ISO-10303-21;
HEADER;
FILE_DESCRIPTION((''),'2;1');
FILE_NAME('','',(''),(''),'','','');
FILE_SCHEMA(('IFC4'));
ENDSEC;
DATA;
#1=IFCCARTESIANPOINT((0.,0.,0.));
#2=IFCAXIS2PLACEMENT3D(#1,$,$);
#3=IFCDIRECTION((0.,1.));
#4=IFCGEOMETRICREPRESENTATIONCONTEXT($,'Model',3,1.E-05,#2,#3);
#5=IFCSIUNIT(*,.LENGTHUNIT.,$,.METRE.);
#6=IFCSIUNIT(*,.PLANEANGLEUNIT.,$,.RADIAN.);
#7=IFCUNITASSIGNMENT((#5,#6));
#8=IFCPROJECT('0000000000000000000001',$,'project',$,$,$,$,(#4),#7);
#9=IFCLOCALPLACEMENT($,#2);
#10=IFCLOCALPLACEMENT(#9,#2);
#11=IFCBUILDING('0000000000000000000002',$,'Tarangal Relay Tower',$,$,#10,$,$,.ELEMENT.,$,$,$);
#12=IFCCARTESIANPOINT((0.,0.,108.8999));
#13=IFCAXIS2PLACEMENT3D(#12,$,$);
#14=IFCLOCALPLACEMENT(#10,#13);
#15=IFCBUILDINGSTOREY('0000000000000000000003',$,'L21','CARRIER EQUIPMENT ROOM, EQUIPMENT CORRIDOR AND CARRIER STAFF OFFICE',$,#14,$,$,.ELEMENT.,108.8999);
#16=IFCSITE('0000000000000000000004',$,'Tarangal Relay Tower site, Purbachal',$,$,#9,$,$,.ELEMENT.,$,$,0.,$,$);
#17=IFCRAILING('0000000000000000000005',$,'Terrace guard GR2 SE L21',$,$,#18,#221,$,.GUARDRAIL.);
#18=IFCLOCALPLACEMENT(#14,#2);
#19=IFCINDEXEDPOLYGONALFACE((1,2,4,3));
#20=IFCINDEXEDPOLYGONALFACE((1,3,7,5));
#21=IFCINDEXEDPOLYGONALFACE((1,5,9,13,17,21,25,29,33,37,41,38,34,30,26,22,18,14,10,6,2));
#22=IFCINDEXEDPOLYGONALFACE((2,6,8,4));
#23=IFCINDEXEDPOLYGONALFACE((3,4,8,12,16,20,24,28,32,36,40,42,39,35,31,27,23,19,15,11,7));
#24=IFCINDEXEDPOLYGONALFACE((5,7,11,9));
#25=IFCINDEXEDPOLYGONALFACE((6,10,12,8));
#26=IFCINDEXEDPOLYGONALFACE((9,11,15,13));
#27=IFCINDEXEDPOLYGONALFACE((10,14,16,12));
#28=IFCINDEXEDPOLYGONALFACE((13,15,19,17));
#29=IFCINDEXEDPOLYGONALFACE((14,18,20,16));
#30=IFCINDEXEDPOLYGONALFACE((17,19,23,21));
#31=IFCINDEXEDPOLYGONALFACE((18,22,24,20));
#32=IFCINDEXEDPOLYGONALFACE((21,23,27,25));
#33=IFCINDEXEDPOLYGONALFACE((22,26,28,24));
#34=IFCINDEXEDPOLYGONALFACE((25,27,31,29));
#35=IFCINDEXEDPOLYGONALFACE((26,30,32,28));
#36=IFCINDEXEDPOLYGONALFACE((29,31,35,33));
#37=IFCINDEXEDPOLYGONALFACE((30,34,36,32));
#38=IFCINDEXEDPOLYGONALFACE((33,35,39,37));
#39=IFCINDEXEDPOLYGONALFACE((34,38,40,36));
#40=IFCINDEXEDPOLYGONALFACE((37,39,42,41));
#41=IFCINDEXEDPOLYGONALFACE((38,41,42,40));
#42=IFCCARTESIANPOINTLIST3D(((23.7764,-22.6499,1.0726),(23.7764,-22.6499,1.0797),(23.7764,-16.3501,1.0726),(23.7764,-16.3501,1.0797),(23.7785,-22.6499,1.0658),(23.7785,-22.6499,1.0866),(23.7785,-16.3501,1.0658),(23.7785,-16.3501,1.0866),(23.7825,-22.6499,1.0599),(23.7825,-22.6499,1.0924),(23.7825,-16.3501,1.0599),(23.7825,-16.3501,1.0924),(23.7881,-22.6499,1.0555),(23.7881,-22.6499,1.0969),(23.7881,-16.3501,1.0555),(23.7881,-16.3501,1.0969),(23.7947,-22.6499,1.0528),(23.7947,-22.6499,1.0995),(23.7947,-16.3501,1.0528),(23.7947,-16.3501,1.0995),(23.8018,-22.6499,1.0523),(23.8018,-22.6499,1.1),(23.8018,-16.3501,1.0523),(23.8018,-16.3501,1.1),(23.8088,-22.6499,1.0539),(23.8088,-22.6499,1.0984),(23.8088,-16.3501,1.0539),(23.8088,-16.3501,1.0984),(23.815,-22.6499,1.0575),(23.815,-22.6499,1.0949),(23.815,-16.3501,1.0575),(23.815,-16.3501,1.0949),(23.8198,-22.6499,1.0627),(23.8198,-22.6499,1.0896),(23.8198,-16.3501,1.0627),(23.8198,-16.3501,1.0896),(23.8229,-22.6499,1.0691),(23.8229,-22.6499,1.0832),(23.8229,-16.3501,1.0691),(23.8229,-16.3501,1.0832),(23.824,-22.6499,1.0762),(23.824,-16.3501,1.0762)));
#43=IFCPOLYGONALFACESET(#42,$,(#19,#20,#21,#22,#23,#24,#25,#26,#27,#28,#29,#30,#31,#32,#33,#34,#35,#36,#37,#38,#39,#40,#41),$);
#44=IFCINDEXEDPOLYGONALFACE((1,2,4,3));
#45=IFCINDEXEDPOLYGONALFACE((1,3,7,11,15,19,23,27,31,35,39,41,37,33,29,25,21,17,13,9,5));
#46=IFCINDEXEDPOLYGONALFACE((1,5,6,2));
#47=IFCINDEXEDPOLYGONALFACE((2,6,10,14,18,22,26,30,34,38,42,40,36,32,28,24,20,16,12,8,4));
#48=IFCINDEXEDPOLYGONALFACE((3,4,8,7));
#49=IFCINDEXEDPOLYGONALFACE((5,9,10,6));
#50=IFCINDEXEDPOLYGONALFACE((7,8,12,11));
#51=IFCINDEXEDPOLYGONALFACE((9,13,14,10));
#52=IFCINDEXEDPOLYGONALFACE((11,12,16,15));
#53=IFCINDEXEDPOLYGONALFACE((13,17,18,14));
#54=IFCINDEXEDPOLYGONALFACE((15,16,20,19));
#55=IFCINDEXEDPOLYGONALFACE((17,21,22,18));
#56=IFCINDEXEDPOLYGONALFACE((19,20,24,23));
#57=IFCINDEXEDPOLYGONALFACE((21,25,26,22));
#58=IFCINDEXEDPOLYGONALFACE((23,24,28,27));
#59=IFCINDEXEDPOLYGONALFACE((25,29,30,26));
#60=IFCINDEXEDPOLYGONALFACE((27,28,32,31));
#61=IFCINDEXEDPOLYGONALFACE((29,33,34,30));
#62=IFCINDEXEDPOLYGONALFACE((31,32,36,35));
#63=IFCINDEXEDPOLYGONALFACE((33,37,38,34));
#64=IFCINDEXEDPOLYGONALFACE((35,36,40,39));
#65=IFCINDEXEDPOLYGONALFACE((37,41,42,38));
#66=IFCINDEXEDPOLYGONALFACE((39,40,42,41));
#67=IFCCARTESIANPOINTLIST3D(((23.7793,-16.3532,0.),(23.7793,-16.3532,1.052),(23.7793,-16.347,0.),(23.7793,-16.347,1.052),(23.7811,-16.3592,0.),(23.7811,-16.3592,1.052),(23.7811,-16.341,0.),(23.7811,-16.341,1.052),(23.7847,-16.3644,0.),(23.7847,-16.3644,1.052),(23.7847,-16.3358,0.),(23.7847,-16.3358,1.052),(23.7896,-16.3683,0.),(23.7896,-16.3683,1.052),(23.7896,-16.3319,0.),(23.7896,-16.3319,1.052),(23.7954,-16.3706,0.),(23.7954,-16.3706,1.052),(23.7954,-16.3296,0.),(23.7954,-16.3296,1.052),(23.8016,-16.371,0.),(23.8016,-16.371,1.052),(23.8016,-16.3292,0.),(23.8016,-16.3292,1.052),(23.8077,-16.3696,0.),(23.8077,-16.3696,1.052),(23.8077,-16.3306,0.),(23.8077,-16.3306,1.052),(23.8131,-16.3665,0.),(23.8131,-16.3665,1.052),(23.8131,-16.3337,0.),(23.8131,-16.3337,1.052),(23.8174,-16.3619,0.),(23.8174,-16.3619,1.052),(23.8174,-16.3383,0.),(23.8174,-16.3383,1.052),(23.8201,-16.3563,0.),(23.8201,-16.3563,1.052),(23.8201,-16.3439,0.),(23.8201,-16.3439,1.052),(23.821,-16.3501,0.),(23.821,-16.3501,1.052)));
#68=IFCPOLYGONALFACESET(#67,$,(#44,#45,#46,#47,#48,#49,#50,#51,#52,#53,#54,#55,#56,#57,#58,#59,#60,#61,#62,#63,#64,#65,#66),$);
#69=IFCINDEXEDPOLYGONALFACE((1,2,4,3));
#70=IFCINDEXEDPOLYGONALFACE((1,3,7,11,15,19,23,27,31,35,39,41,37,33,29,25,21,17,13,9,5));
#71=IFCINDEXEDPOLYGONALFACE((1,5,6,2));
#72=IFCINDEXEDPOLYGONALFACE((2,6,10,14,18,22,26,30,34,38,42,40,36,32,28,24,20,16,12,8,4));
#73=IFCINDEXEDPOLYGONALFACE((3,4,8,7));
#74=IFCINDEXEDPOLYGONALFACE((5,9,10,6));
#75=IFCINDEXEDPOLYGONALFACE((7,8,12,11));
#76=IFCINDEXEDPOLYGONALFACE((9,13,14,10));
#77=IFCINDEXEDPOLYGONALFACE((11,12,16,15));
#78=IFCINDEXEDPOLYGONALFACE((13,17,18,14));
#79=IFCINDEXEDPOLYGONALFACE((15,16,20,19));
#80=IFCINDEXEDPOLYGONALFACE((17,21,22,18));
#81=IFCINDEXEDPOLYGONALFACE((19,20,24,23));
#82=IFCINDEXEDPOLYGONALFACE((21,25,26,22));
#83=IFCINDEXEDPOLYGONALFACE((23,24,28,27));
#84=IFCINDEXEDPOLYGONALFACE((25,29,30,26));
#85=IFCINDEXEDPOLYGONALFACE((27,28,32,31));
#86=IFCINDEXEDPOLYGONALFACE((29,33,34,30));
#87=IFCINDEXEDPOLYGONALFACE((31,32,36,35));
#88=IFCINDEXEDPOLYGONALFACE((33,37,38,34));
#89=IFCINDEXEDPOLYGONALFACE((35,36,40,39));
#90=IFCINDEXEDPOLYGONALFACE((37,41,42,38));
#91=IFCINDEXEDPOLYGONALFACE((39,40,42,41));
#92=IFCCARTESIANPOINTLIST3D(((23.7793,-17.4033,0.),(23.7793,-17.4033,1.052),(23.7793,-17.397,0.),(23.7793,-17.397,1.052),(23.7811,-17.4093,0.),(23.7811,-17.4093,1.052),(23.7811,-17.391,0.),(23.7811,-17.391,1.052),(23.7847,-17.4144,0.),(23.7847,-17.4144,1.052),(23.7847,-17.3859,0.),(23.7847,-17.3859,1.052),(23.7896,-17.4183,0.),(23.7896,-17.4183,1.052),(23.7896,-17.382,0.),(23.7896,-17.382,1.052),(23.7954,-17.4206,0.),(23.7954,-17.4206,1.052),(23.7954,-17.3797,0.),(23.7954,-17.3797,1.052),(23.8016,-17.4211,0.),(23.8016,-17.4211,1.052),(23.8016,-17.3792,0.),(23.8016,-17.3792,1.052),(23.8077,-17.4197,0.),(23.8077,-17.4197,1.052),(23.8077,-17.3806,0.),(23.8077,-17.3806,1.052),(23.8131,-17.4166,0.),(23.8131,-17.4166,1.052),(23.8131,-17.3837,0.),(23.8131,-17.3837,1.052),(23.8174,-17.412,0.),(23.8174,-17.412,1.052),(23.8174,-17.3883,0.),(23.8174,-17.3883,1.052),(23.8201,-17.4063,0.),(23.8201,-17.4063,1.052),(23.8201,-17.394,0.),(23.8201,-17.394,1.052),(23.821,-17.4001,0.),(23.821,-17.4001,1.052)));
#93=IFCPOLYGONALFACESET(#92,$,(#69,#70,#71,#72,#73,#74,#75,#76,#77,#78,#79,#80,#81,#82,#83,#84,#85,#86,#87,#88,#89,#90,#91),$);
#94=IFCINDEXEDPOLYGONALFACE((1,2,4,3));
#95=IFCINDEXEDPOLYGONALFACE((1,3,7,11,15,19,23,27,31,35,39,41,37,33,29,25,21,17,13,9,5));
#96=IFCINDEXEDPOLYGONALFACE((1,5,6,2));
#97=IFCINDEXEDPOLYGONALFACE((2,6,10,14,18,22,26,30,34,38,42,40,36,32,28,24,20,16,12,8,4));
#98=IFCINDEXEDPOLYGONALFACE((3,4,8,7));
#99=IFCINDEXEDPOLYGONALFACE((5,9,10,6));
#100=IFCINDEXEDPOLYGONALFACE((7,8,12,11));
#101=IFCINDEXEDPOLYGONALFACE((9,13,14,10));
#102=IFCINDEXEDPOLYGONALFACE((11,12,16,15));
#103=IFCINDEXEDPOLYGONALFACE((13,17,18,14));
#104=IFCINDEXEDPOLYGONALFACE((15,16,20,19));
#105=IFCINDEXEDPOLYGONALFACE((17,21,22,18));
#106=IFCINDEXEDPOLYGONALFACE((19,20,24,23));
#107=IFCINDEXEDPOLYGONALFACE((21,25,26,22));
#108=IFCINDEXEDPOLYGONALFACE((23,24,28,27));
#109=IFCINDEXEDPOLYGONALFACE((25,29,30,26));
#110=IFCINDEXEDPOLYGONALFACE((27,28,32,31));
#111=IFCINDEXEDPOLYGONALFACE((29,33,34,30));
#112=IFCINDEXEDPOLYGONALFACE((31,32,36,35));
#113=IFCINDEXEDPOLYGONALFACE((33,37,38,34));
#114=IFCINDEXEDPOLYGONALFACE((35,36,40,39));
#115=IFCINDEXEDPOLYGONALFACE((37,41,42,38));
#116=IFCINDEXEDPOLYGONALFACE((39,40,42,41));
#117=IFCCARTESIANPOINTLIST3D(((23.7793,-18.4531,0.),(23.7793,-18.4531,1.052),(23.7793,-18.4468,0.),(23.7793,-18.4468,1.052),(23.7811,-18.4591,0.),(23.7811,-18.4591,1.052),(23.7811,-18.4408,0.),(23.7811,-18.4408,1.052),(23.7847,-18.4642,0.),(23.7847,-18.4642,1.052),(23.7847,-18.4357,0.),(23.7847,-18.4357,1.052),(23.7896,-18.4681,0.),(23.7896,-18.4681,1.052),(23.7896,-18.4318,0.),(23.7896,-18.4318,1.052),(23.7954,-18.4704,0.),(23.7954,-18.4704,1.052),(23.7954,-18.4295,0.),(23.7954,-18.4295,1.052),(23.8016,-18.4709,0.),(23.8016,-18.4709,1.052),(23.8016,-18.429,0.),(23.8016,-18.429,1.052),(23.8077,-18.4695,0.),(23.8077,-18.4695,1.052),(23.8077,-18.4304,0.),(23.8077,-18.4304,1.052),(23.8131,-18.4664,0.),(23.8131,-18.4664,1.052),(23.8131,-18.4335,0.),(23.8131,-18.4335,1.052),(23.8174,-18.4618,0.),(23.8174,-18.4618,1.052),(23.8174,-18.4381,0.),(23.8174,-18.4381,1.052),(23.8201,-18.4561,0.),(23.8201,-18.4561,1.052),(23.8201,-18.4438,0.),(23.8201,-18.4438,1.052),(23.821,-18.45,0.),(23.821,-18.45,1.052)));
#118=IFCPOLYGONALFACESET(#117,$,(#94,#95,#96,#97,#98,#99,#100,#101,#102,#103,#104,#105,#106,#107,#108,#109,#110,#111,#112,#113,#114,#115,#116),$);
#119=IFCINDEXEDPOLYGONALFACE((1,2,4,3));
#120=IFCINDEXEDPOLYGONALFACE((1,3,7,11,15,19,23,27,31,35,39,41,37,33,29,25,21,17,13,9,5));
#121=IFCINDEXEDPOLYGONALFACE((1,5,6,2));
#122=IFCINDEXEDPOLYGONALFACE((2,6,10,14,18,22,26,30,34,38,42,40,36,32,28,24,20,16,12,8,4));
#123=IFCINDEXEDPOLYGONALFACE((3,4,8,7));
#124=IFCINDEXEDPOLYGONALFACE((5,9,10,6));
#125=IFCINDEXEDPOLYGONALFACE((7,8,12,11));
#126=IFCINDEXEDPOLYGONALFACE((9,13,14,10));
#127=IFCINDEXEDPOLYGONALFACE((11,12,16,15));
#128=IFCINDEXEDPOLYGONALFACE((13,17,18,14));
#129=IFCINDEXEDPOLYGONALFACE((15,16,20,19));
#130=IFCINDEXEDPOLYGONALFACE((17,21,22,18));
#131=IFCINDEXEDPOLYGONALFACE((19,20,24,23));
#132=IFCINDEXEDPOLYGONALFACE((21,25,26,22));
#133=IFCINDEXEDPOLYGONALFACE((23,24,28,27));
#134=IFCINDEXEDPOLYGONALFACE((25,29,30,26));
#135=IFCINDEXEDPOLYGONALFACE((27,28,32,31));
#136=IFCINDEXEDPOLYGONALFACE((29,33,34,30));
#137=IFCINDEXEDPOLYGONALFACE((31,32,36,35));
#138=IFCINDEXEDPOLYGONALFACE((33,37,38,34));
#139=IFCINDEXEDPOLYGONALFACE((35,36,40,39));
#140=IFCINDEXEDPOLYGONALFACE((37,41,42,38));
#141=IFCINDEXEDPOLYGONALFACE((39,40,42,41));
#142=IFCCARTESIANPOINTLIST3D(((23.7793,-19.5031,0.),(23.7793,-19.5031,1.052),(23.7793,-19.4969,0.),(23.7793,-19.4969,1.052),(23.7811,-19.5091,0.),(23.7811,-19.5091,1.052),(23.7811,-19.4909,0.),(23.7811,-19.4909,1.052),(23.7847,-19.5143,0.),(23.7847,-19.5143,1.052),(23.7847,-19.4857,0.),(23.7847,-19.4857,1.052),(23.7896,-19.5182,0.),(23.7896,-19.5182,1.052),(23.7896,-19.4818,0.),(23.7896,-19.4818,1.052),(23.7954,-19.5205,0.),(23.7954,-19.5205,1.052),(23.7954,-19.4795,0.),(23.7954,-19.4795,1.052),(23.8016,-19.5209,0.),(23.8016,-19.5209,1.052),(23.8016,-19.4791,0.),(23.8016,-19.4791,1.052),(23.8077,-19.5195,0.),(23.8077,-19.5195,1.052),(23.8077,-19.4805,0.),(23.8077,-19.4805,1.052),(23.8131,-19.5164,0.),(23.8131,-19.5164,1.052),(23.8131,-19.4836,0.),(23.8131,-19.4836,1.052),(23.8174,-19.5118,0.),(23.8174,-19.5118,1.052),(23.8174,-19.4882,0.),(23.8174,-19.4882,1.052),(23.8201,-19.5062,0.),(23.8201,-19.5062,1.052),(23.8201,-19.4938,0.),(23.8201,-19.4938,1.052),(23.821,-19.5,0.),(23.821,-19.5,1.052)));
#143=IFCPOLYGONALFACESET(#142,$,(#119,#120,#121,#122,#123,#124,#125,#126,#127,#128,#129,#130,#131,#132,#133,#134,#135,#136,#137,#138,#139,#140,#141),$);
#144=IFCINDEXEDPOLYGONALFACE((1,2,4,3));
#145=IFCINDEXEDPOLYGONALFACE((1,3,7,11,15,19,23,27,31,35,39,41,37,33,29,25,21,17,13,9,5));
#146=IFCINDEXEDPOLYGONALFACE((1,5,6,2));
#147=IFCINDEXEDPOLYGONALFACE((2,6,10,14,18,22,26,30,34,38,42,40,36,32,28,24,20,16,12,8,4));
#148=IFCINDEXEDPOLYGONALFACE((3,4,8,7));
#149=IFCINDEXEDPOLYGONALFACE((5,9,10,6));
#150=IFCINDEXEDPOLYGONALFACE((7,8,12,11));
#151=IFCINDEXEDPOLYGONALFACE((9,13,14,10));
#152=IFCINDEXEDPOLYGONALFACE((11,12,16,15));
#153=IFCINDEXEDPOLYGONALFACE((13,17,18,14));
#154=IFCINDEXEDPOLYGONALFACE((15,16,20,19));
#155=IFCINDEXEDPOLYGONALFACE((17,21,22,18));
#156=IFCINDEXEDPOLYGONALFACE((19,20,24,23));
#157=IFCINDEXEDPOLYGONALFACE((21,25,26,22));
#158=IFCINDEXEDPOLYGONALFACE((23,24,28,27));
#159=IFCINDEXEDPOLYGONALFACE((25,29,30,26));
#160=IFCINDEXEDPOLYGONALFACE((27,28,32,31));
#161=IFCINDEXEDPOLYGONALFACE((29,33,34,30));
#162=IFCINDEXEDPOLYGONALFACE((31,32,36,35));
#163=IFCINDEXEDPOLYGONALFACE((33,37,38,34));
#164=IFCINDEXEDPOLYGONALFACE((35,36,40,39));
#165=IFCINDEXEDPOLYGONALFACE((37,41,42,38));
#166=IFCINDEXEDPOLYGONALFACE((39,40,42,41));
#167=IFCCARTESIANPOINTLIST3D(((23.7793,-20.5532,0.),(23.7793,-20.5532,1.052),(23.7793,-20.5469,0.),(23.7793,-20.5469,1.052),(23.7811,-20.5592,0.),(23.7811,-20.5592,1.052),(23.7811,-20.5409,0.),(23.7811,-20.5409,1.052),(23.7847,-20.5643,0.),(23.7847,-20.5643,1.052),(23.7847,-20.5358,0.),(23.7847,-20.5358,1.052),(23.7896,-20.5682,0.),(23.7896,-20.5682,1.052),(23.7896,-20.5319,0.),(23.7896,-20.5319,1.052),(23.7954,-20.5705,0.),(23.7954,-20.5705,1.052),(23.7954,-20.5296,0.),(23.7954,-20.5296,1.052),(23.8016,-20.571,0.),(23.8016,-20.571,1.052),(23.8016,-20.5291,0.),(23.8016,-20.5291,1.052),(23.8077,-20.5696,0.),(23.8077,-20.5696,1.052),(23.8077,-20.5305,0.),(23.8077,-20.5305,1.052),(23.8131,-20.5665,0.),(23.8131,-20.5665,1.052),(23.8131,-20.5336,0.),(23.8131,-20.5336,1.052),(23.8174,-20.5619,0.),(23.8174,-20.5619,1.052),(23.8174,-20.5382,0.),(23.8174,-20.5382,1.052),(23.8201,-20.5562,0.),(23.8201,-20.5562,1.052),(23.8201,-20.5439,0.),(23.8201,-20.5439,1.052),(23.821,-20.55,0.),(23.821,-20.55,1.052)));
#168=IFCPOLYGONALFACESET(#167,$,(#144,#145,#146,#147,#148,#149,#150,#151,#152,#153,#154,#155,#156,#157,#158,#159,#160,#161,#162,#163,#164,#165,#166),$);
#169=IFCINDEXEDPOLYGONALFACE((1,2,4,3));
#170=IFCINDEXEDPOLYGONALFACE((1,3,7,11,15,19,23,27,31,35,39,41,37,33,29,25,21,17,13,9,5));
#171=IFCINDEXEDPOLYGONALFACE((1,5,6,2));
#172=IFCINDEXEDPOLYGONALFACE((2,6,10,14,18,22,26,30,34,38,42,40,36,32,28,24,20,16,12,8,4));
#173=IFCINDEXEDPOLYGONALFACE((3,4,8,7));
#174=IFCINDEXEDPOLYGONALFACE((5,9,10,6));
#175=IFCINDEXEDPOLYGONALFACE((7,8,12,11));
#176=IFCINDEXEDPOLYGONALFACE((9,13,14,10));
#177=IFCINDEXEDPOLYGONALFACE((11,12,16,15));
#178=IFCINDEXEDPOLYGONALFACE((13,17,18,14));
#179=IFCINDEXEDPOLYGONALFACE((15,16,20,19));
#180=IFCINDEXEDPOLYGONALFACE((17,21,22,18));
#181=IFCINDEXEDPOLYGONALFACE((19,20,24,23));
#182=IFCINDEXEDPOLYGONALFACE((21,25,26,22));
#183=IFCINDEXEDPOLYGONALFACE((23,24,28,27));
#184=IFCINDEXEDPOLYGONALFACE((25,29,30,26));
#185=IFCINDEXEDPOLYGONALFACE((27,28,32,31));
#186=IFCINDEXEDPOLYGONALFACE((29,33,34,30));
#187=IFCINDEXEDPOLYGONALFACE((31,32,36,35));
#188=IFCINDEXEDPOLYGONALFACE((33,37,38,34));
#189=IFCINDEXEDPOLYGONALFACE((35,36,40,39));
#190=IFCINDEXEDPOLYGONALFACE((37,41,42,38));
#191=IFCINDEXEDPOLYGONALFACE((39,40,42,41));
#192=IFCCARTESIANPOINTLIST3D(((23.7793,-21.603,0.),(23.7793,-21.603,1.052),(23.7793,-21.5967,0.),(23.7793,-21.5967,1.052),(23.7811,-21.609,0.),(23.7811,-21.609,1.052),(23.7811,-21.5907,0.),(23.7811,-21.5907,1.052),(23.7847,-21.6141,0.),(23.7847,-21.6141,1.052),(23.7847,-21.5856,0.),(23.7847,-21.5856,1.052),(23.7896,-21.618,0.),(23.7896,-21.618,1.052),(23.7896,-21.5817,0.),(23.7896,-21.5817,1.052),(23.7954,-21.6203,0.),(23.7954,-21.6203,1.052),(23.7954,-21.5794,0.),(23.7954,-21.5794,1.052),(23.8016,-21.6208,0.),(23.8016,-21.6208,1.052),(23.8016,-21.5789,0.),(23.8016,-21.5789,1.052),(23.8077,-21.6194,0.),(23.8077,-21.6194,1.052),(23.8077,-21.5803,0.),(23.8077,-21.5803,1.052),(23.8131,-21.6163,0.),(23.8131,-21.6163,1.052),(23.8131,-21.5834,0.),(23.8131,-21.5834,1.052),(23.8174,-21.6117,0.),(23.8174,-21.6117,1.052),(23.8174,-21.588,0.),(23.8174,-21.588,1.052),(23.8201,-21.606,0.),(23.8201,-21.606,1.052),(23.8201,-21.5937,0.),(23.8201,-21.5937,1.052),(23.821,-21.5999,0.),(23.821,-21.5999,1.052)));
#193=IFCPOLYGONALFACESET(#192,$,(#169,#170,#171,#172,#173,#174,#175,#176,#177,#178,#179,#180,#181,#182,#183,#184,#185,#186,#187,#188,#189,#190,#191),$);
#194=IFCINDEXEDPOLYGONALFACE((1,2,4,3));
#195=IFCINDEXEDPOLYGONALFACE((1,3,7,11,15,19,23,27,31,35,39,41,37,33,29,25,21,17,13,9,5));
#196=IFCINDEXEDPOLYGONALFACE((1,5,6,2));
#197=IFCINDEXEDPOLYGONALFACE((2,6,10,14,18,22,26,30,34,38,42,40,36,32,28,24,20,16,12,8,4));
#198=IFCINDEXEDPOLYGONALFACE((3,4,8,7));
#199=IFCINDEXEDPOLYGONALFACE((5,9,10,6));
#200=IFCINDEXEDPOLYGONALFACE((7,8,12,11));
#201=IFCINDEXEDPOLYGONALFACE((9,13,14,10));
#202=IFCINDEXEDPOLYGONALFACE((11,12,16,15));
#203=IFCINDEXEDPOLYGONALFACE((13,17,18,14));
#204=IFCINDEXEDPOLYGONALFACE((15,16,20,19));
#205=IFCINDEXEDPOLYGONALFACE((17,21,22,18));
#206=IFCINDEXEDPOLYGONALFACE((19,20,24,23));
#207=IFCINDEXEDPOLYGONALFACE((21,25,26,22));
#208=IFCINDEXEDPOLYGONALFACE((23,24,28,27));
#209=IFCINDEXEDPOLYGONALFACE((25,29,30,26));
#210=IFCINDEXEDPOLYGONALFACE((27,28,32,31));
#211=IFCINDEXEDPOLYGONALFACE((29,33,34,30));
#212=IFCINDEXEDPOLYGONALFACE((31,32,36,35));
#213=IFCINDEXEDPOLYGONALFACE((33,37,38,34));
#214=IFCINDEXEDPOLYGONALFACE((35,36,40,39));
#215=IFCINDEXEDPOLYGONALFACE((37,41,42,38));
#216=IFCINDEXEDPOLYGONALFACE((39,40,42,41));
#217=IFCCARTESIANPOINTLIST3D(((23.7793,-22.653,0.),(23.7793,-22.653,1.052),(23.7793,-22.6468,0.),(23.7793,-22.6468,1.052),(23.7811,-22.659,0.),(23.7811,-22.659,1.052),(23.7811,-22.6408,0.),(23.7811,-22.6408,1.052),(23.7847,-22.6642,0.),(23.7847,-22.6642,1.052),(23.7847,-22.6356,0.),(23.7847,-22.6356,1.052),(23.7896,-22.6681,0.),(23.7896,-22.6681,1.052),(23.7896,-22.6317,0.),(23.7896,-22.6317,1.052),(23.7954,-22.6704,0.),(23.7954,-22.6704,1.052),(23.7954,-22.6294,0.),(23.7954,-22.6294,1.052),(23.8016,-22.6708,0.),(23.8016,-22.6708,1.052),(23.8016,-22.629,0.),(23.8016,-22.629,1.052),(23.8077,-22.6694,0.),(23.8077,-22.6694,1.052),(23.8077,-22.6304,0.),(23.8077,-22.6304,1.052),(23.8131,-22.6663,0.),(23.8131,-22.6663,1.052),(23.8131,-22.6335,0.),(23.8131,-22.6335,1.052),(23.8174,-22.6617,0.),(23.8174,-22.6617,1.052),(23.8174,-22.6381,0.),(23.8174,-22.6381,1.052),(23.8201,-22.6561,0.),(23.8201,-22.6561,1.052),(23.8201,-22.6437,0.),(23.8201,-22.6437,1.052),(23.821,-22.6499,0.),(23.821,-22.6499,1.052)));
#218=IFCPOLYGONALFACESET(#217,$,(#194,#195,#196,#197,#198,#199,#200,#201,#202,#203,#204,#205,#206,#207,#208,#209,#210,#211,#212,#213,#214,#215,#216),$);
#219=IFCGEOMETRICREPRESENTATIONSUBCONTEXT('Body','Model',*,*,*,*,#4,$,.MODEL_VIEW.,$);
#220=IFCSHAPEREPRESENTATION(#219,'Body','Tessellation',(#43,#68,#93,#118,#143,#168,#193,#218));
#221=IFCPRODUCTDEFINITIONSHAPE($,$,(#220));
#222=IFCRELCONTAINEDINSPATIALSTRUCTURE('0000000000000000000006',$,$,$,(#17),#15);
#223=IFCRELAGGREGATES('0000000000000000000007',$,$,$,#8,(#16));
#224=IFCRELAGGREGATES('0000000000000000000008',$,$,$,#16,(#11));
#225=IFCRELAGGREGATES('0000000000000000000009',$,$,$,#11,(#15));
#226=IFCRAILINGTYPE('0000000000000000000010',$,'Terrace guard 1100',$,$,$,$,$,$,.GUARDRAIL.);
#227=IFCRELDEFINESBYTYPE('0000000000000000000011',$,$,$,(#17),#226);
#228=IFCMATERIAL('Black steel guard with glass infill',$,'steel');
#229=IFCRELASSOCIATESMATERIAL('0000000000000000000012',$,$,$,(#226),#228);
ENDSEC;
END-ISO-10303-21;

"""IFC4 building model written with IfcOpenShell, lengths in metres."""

from ifc_helpers import new_model, si_unit, direction, frame, origin, origin_2d, place, context, subcontext, project, spatial, circle, extrude, material, type_object, element, save


model = new_model("IFC4")

# Units and contexts
model_context = context("Model", 3, precision=1e-05, world=origin(), true_north=direction((0.0, 1.0)))
body_context = subcontext(model_context, "Body", "Model", "MODEL_VIEW")
ifc_project = project(units=[si_unit("LENGTHUNIT", "METRE"), si_unit("PLANEANGLEUNIT", "RADIAN")], contexts=[model_context])

# Site, building, storey
site_placement = place(None, origin())
site = spatial("IfcSite", under=ifc_project, at=site_placement, Name="Tarangal Relay Tower site, Purbachal", CompositionType="ELEMENT", RefElevation=0.0)
building_placement = place(site_placement, origin())
building = spatial("IfcBuilding", under=site, at=building_placement, Name="Tarangal Relay Tower", CompositionType="ELEMENT")
storey_placement = place(building_placement, frame((0.0, 0.0, 108.8999)))
storey = spatial("IfcBuildingStorey", under=building, at=storey_placement, Name="L21", Description="CARRIER EQUIPMENT ROOM, EQUIPMENT CORRIDOR AND CARRIER STAFF OFFICE", CompositionType="ELEMENT", Elevation=108.8999)

# Railing
ifc_material_1 = material(Name="Black steel guard with glass infill", Category="steel")
railing_type = type_object("IfcRailingType", Name="Terrace guard 1100", PredefinedType="GUARDRAIL", material=ifc_material_1)
railing_1_placement = place(storey_placement, frame((23.8, -16.3501, 0.0)))
element("IfcRailing", 1, at=railing_1_placement, inside=storey, type_object=railing_type, Name="Terrace guard GR2 SE L21", PredefinedType="GUARDRAIL", context=body_context, shape_type="SweptSolid", body=[
    extrude(circle(Radius=0.0239, at=origin_2d()), frame((0.0, 0.0, 1.0762), z_axis=(0.0, -1.0, 0.0), x_axis=(1.0, 0.0, 0.0)), (0.0, 0.0, 1.0), 6.2998),
    extrude(circle(Radius=0.021, at=origin_2d()), origin(), (0.0, 0.0, 1.0), 1.052),
    extrude(circle(Radius=0.021, at=origin_2d()), frame((0.0, -1.05, 0.0)), (0.0, 0.0, 1.0), 1.052),
    extrude(circle(Radius=0.021, at=origin_2d()), frame((0.0, -2.0999, 0.0)), (0.0, 0.0, 1.0), 1.052),
    extrude(circle(Radius=0.021, at=origin_2d()), frame((0.0, -3.1499, 0.0)), (0.0, 0.0, 1.0), 1.052),
    extrude(circle(Radius=0.021, at=origin_2d()), frame((0.0, -4.2, 0.0)), (0.0, 0.0, 1.0), 1.052),
    extrude(circle(Radius=0.021, at=origin_2d()), frame((0.0, -5.2498, 0.0)), (0.0, 0.0, 1.0), 1.052),
    extrude(circle(Radius=0.021, at=origin_2d()), frame((0.0, -6.2998, 0.0)), (0.0, 0.0, 1.0), 1.052),
])

save(model, "model.ifc")
